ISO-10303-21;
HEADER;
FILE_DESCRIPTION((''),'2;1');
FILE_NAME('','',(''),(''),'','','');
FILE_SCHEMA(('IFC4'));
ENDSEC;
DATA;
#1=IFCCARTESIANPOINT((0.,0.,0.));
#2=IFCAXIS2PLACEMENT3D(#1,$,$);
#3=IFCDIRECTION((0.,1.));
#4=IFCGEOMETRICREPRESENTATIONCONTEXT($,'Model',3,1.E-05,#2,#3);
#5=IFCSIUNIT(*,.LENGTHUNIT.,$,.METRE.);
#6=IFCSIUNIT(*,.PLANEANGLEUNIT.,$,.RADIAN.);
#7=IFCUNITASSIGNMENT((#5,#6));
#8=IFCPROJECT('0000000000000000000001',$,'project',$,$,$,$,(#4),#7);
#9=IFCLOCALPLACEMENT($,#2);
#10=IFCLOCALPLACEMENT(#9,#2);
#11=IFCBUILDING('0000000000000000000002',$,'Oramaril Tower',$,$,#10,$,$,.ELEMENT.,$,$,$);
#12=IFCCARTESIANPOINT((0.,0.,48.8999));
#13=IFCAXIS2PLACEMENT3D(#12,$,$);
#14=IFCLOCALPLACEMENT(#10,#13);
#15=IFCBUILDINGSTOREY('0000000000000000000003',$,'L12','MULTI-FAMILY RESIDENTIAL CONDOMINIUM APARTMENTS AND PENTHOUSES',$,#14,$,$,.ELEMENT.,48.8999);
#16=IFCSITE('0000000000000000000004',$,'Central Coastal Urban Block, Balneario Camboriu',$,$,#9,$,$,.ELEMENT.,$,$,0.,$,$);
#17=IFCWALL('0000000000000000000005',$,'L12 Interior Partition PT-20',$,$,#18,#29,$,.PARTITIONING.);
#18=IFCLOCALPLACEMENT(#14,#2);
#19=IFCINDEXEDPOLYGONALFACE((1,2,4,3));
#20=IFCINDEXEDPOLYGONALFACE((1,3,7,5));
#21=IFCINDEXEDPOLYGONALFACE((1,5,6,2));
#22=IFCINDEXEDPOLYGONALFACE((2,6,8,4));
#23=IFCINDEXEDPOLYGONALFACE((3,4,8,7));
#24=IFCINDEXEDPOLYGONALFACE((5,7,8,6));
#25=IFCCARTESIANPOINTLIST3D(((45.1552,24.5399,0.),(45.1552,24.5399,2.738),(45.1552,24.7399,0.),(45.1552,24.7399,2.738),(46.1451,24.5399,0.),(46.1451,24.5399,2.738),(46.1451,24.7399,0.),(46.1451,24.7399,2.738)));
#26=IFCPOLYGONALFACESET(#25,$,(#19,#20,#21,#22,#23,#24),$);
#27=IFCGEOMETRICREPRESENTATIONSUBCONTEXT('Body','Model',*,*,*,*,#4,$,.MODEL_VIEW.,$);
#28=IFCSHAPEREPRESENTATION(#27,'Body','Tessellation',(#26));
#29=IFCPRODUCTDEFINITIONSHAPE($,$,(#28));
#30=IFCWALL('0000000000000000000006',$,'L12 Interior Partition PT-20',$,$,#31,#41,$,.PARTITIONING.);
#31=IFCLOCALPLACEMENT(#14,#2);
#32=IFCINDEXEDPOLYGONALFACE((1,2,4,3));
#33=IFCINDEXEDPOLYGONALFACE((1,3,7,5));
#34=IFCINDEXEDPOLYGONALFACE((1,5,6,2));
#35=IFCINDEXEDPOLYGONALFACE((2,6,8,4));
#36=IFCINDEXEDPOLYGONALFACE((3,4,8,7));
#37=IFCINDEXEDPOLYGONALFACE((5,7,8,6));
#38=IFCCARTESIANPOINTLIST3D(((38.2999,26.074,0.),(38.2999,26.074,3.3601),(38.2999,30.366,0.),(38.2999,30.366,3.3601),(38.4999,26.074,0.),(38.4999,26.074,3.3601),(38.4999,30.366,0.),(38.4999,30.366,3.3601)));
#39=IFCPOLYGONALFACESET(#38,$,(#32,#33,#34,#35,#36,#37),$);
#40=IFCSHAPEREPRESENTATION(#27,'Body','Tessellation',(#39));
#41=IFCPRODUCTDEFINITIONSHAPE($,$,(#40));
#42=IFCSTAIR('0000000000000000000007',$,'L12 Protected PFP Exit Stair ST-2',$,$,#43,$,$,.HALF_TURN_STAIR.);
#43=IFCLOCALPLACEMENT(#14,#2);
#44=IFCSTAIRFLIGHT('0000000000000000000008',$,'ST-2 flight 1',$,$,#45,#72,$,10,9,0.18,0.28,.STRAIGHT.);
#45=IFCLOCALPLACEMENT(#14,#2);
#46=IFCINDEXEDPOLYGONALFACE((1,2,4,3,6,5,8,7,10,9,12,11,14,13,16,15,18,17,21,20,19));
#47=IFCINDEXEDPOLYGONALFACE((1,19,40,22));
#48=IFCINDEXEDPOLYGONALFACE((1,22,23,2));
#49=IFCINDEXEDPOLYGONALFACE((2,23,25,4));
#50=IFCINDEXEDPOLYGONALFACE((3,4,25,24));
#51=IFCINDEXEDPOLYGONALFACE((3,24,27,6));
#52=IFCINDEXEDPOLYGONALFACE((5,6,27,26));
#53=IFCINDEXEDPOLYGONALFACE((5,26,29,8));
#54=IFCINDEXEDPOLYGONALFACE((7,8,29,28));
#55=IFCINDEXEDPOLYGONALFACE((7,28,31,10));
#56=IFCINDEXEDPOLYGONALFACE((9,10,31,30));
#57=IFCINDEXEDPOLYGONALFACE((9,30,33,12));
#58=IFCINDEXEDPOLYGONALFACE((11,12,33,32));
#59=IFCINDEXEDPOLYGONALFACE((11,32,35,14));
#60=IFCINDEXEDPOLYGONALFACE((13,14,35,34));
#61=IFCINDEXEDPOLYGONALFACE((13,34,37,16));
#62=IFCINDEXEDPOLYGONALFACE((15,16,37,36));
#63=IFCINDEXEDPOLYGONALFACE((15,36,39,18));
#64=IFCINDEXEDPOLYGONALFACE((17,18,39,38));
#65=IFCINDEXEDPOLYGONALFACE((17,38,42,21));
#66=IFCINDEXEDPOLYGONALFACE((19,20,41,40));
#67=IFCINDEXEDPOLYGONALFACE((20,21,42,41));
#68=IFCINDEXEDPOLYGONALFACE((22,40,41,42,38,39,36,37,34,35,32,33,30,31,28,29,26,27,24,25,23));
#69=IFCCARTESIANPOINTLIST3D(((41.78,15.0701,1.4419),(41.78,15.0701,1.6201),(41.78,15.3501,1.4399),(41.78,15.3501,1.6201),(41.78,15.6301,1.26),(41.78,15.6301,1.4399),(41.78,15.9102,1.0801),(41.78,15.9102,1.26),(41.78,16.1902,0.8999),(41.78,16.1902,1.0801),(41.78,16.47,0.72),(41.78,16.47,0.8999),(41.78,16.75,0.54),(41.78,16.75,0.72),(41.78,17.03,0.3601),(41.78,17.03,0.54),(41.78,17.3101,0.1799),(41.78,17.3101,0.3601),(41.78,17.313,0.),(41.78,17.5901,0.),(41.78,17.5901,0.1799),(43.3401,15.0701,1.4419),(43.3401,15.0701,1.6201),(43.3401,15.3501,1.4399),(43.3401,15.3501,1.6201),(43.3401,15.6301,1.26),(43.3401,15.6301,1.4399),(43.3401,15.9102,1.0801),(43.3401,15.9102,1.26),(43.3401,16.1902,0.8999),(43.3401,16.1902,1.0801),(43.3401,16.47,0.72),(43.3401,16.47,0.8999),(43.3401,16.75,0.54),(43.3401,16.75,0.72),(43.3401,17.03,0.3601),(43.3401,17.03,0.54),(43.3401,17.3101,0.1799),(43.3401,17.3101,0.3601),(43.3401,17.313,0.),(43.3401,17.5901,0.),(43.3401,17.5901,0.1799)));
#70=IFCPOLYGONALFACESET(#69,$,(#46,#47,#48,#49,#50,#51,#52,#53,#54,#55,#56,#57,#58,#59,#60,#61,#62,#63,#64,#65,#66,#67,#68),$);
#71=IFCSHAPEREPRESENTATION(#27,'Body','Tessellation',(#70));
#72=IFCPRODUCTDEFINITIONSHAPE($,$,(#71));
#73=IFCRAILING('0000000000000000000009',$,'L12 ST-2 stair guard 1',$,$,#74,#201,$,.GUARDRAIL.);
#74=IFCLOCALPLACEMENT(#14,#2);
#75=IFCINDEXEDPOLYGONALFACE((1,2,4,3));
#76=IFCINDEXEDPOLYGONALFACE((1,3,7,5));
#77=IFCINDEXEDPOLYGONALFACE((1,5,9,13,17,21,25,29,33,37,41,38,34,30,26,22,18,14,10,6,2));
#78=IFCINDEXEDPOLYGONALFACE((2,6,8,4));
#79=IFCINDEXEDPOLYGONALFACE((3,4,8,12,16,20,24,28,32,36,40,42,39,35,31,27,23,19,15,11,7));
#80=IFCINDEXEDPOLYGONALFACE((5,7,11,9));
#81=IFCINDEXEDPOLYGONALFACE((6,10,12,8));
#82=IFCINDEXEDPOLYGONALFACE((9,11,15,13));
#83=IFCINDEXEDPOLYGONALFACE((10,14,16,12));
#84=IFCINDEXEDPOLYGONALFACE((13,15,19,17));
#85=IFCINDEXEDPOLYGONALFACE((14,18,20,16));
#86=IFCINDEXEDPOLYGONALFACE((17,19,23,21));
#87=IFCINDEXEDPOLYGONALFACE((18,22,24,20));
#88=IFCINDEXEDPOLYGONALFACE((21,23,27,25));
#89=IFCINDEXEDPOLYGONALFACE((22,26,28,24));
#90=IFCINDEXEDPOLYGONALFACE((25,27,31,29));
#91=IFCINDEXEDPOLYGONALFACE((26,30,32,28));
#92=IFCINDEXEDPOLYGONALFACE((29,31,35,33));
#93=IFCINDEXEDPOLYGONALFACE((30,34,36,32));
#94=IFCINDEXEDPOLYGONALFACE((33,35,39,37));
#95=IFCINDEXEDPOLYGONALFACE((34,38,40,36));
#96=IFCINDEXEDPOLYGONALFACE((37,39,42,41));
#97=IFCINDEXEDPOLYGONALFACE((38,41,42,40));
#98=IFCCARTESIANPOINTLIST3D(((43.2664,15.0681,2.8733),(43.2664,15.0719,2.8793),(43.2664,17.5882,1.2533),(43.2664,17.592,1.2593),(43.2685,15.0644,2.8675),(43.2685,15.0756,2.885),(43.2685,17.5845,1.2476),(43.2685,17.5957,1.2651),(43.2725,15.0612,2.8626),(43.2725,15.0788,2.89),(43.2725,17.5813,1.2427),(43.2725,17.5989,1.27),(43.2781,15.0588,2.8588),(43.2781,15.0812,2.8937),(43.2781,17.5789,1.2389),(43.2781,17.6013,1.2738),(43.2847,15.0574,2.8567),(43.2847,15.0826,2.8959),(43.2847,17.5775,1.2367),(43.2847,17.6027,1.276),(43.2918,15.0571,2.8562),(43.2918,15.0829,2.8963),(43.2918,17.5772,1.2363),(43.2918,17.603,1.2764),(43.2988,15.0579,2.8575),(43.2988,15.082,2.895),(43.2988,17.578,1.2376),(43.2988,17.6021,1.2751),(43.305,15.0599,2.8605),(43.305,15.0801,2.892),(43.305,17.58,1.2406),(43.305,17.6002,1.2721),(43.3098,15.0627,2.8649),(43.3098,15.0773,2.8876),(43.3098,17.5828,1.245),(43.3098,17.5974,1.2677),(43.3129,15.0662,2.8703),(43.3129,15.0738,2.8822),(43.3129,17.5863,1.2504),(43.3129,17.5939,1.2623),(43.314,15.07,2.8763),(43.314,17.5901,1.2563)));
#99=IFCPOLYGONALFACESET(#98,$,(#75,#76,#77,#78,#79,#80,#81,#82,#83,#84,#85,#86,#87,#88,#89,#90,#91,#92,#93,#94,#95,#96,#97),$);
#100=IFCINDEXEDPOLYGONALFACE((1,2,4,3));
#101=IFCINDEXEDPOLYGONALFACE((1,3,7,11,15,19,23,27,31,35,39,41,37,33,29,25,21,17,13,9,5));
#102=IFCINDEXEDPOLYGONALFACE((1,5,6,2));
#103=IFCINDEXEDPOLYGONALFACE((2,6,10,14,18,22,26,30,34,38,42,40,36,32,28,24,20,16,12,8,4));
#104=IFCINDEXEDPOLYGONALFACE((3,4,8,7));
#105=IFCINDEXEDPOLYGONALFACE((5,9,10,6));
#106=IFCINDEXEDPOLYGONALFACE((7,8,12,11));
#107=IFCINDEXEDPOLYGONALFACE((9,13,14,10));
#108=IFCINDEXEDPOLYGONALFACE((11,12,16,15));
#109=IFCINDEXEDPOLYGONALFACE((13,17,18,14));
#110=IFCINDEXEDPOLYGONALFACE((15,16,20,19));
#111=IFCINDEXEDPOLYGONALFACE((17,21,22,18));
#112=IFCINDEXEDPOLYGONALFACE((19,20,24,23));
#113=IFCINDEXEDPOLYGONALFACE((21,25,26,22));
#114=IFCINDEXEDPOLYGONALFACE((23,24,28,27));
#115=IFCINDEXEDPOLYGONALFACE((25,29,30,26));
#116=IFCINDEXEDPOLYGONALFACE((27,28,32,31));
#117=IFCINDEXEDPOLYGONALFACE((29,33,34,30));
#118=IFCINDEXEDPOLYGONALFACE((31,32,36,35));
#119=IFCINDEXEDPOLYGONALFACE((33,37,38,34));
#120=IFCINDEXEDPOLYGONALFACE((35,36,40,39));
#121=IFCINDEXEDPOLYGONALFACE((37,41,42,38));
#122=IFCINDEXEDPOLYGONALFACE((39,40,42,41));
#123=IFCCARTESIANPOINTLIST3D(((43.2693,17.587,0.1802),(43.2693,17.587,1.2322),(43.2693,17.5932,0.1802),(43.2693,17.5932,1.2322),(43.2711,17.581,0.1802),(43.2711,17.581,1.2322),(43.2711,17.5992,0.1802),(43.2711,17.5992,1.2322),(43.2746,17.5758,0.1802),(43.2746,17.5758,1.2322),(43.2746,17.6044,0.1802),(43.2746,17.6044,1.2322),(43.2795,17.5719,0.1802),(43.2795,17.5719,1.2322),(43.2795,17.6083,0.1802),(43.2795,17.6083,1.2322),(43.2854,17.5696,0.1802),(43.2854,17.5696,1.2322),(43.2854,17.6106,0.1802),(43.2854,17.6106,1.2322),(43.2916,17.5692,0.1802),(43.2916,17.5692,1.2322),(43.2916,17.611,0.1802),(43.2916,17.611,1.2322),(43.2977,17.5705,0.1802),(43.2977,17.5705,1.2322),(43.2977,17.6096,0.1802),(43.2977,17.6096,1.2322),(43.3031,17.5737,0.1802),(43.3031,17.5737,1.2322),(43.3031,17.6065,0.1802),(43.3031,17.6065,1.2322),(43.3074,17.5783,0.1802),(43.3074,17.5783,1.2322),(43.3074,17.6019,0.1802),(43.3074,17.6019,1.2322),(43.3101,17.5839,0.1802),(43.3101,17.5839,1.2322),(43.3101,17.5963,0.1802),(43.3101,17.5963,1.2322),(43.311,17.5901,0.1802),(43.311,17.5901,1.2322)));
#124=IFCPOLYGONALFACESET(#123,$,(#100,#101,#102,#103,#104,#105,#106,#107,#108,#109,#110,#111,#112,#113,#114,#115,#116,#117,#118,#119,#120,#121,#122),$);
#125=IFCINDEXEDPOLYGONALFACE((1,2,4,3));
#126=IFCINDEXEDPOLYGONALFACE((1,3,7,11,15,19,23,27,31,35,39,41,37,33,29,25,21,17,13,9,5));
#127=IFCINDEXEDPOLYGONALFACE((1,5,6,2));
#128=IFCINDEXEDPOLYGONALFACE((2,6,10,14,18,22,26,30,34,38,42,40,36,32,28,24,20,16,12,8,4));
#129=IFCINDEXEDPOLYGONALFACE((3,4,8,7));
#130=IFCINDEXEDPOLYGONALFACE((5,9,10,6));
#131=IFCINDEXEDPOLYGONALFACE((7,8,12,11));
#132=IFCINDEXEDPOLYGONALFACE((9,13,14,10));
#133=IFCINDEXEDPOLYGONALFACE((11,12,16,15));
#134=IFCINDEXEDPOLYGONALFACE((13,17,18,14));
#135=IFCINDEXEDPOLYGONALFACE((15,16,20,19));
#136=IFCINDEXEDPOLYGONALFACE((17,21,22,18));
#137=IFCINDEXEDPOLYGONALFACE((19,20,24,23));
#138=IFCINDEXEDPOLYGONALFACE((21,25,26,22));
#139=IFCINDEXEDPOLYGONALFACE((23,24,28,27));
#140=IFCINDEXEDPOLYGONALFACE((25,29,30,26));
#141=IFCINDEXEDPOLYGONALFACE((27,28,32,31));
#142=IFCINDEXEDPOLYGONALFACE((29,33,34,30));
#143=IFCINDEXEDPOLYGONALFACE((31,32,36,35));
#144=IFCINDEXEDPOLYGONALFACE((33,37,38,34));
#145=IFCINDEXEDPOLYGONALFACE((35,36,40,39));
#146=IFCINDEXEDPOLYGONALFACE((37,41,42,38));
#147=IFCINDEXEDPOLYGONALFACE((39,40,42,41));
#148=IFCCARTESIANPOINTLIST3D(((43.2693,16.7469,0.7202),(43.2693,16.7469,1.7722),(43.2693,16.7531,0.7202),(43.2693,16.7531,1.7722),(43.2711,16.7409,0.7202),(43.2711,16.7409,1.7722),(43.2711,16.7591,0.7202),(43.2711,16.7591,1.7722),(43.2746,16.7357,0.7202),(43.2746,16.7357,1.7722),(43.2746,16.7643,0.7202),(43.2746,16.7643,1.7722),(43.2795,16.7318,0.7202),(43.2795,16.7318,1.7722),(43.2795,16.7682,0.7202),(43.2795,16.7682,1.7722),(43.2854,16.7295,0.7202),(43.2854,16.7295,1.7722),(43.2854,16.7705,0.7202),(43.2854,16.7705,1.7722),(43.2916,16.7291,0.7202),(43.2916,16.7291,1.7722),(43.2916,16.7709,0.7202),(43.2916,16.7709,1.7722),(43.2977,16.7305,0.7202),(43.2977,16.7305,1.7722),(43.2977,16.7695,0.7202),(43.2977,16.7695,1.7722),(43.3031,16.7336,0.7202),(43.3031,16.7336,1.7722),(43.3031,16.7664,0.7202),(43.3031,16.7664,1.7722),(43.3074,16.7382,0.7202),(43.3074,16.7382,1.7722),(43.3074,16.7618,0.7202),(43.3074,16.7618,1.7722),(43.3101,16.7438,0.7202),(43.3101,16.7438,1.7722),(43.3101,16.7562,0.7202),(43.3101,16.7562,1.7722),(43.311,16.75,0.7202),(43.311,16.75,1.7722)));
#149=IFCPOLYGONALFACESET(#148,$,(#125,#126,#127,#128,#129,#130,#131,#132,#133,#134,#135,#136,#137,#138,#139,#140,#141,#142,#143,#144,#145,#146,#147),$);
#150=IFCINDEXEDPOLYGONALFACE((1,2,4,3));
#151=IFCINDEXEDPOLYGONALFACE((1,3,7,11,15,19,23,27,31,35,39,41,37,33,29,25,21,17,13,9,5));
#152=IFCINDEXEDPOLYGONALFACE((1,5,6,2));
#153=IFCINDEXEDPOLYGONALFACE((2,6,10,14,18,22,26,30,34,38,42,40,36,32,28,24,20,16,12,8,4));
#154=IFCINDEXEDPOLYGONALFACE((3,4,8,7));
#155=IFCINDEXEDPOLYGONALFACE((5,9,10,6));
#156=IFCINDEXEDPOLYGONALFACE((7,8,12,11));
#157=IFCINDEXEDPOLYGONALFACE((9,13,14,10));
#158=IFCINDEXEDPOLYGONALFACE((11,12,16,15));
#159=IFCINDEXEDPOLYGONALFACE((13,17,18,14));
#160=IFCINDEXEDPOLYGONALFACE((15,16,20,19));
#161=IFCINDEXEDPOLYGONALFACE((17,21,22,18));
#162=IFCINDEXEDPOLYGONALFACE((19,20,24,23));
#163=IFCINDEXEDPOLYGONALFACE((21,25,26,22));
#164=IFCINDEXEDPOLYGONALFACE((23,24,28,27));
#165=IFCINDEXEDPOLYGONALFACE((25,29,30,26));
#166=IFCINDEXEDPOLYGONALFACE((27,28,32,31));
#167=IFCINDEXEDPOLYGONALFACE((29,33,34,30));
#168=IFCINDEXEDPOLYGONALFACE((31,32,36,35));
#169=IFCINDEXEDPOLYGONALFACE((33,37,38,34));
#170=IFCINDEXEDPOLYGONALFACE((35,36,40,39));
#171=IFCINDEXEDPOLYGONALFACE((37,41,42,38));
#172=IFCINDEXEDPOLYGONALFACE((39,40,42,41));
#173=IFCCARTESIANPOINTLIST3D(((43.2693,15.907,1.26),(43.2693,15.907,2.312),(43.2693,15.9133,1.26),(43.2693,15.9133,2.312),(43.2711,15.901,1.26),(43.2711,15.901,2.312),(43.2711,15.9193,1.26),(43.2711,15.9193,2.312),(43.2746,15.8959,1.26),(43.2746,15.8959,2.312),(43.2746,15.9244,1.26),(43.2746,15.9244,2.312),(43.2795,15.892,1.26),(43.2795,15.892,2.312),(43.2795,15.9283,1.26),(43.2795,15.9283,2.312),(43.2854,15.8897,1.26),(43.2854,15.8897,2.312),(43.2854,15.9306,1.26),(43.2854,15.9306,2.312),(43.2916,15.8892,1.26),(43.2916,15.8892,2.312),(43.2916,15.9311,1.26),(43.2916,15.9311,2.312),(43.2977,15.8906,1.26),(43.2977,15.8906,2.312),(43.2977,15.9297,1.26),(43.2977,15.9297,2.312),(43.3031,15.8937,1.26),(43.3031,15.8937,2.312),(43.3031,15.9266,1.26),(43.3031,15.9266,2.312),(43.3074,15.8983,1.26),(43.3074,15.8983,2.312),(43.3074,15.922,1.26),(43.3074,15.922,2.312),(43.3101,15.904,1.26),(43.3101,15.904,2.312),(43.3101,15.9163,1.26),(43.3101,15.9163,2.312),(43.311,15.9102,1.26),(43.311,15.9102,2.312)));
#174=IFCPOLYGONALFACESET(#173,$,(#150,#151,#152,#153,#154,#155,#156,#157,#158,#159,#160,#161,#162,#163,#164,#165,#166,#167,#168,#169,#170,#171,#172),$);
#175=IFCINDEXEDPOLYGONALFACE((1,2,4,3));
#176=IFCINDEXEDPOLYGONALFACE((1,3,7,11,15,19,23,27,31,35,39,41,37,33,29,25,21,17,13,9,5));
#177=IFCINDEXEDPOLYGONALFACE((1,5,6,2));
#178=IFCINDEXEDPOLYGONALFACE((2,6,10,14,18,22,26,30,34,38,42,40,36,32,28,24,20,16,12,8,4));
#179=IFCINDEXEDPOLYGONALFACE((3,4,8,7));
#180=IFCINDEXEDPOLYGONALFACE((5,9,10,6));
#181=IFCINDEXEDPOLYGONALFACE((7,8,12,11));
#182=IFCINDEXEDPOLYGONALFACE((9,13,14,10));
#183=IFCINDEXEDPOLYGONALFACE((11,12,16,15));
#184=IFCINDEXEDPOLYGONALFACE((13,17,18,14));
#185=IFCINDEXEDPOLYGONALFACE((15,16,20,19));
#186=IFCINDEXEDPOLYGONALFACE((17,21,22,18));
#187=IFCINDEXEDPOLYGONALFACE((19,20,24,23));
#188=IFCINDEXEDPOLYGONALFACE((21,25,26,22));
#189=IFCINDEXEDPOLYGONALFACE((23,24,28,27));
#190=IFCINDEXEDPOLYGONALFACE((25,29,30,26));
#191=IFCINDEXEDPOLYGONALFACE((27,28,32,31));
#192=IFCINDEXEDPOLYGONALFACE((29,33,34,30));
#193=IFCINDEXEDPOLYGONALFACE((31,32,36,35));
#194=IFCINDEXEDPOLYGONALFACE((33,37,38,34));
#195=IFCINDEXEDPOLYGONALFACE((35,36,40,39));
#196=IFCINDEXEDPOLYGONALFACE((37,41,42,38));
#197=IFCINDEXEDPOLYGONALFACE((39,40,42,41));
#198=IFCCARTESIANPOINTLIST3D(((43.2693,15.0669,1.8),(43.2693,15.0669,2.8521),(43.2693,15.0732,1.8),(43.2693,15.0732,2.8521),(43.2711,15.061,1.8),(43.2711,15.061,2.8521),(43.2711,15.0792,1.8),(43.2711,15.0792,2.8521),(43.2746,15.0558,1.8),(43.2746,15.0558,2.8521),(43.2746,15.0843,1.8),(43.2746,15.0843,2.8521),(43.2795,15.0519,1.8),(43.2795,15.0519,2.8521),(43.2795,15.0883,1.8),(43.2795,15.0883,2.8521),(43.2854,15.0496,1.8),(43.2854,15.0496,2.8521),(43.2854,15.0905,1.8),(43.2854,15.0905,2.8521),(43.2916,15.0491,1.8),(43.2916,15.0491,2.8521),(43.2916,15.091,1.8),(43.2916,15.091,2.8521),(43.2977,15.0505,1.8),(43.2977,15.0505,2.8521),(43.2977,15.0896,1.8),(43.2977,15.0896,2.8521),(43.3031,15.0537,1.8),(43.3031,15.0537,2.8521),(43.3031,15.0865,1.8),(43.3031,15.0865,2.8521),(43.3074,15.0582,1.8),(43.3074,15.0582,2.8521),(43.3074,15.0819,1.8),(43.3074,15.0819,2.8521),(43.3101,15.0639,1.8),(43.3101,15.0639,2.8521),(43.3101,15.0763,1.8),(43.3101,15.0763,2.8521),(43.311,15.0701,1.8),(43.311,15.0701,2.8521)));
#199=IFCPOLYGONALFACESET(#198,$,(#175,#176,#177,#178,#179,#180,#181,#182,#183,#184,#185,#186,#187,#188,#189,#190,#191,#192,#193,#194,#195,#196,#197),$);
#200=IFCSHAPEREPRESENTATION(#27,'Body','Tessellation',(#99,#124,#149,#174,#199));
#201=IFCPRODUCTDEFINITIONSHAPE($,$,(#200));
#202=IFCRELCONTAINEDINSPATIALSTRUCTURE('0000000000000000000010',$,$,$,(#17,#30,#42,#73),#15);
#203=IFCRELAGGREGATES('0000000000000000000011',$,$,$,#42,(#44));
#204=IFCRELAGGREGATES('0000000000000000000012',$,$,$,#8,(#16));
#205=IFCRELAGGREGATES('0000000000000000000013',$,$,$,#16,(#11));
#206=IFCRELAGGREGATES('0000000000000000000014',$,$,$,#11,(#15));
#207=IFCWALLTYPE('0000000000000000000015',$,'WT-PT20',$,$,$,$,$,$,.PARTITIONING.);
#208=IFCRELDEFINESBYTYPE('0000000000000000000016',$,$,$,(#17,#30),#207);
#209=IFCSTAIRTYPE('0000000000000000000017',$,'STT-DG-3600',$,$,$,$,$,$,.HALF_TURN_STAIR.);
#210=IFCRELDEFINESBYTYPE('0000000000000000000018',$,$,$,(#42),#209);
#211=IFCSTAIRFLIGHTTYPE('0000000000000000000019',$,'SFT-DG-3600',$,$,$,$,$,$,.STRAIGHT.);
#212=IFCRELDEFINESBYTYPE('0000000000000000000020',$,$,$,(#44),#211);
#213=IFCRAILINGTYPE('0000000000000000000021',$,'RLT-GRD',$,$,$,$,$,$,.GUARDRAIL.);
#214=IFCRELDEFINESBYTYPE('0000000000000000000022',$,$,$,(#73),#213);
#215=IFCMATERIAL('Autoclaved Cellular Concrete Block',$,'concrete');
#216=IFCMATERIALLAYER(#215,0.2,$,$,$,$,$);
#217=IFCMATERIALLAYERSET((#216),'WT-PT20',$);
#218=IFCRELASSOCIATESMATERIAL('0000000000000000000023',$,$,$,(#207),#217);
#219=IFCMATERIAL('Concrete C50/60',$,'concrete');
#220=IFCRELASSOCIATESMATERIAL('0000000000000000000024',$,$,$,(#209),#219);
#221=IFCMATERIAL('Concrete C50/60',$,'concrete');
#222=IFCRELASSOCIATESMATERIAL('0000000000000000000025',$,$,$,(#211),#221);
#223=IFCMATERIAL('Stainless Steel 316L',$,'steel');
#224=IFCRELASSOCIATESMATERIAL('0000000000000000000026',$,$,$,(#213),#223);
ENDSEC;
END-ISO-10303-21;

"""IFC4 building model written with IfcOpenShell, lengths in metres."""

from ifc_helpers import new_model, si_unit, direction, frame, frame_2d, origin, origin_2d, place, context, subcontext, project, spatial, polyline, rectangle, circle, outline, extrude, material, layer, layer_set, type_object, element, aggregate, save


model = new_model("IFC4")

# Units and contexts
model_context = context("Model", 3, precision=1e-05, world=origin(), true_north=direction((0.0, 1.0)))
body_context = subcontext(model_context, "Body", "Model", "MODEL_VIEW")
ifc_project = project(units=[si_unit("LENGTHUNIT", "METRE"), si_unit("PLANEANGLEUNIT", "RADIAN")], contexts=[model_context])

# Site, building, storey
site_placement = place(None, origin())
site = spatial("IfcSite", under=ifc_project, at=site_placement, Name="Central Coastal Urban Block, Balneario Camboriu", CompositionType="ELEMENT", RefElevation=0.0)
building_placement = place(site_placement, origin())
building = spatial("IfcBuilding", under=site, at=building_placement, Name="Oramaril Tower", CompositionType="ELEMENT")
storey_placement = place(building_placement, frame((0.0, 0.0, 48.8999)))
storey = spatial("IfcBuildingStorey", under=building, at=storey_placement, Name="L12", Description="MULTI-FAMILY RESIDENTIAL CONDOMINIUM APARTMENTS AND PENTHOUSES", CompositionType="ELEMENT", Elevation=48.8999)

# Walls
ifc_material_1 = material(Name="Autoclaved Cellular Concrete Block", Category="concrete")
ifc_layer_1 = layer(ifc_material_1, 0.2)
ifc_layer_set_1 = layer_set([ifc_layer_1], Name="WT-PT20")
wall_type_1 = type_object("IfcWallType", Name="WT-PT20", PredefinedType="PARTITIONING", material=ifc_layer_set_1)
wall_1_placement = place(storey_placement, frame((45.155, 24.6399, 0.0), z_axis=(0.0, 0.0, 1.0), x_axis=(1.0, 0.0, 0.0)))
element("IfcWall", 1, at=wall_1_placement, inside=storey, type_object=wall_type_1, Name="L12 Interior Partition PT-20", PredefinedType="PARTITIONING", context=body_context, shape_type="SweptSolid", body=[
    extrude(rectangle(XDim=0.99, YDim=0.2, at=frame_2d((0.4951, 0.0))), origin(), (0.0, 0.0, 1.0), 2.738),
])
wall_2_placement = place(storey_placement, frame((38.3999, 26.074, 0.0), z_axis=(0.0, 0.0, 1.0), x_axis=(0.0, 1.0, 0.0)))
element("IfcWall", 2, at=wall_2_placement, inside=storey, type_object=wall_type_1, Name="L12 Interior Partition PT-20", PredefinedType="PARTITIONING", context=body_context, shape_type="SweptSolid", body=[
    extrude(rectangle(XDim=4.292, YDim=0.2, at=frame_2d((2.146, 0.0))), origin(), (0.0, 0.0, 1.0), 3.3601),
])

# Stair, stair flight
ifc_material_2 = material(Name="Concrete C50/60", Category="concrete")
stair_type = type_object("IfcStairType", Name="STT-DG-3600", PredefinedType="HALF_TURN_STAIR", material=ifc_material_2)
stair_placement = place(storey_placement, origin())
stair = element("IfcStair", 3, at=stair_placement, inside=storey, type_object=stair_type, Name="L12 Protected PFP Exit Stair ST-2", PredefinedType="HALF_TURN_STAIR")
ifc_material_3 = material(Name="Concrete C50/60", Category="concrete")
stair_flight_type = type_object("IfcStairFlightType", Name="SFT-DG-3600", PredefinedType="STRAIGHT", material=ifc_material_3)
stair_flight_placement = place(storey_placement, frame((42.5601, 17.5901, 0.0), z_axis=(0.0, 0.0, 1.0), x_axis=(0.0, -1.0, 0.0)))
stair_flight = element("IfcStairFlight", 4, at=stair_flight_placement, type_object=stair_flight_type, Name="ST-2 flight 1", NumberOfRisers=10, NumberOfTreads=9, PredefinedType="STRAIGHT", RiserHeight=0.18, TreadLength=0.28, context=body_context, shape_type="SweptSolid", body=[
    extrude(outline(polyline([(0.0, 0.0), (0.0, 0.1799), (0.28, 0.1799), (0.28, 0.3601), (0.5601, 0.3601), (0.5601, 0.54), (0.8401, 0.54), (0.8401, 0.72), (1.1201, 0.72), (1.1201, 0.8999), (1.3999, 0.8999), (1.3999, 1.0801), (1.6799, 1.0801), (1.6799, 1.26), (1.96, 1.26), (1.96, 1.4399), (2.24, 1.4399), (2.24, 1.6201), (2.52, 1.6201), (2.52, 1.8), (2.52, 1.4419), (0.2771, 0.0), (0.0, 0.0)])), frame((0.0, 0.78, 0.0), z_axis=(0.0, -1.0, 0.0), x_axis=(1.0, 0.0, 0.0)), (0.0, 0.0, 1.0), 1.5601),
])
aggregate(stair, [stair_flight])

# Railing
ifc_material_4 = material(Name="Stainless Steel 316L", Category="steel")
railing_type_1 = type_object("IfcRailingType", Name="RLT-GRD", PredefinedType="GUARDRAIL", material=ifc_material_4)
railing_1_placement = place(storey_placement, frame((43.29, 17.5901, 0.1802)))
element("IfcRailing", 5, at=railing_1_placement, inside=storey, type_object=railing_type_1, Name="L12 ST-2 stair guard 1", PredefinedType="GUARDRAIL", context=body_context, shape_type="SweptSolid", body=[
    extrude(circle(Radius=0.0239, at=origin_2d()), frame((0.0, 0.0, 1.0762), z_axis=(0.0, -0.8412, 0.540725), x_axis=(1.0, 0.0, 0.0)), (0.0, 0.0, 1.0), 2.9958),
    extrude(circle(Radius=0.021, at=origin_2d()), origin(), (0.0, 0.0, 1.0), 1.052),
    extrude(circle(Radius=0.021, at=origin_2d()), frame((0.0, -0.8401, 0.54)), (0.0, 0.0, 1.0), 1.052),
    extrude(circle(Radius=0.021, at=origin_2d()), frame((0.0, -1.6799, 1.0798)), (0.0, 0.0, 1.0), 1.052),
    extrude(circle(Radius=0.021, at=origin_2d()), frame((0.0, -2.52, 1.6199)), (0.0, 0.0, 1.0), 1.052),
])

save(model, "model.ifc")
